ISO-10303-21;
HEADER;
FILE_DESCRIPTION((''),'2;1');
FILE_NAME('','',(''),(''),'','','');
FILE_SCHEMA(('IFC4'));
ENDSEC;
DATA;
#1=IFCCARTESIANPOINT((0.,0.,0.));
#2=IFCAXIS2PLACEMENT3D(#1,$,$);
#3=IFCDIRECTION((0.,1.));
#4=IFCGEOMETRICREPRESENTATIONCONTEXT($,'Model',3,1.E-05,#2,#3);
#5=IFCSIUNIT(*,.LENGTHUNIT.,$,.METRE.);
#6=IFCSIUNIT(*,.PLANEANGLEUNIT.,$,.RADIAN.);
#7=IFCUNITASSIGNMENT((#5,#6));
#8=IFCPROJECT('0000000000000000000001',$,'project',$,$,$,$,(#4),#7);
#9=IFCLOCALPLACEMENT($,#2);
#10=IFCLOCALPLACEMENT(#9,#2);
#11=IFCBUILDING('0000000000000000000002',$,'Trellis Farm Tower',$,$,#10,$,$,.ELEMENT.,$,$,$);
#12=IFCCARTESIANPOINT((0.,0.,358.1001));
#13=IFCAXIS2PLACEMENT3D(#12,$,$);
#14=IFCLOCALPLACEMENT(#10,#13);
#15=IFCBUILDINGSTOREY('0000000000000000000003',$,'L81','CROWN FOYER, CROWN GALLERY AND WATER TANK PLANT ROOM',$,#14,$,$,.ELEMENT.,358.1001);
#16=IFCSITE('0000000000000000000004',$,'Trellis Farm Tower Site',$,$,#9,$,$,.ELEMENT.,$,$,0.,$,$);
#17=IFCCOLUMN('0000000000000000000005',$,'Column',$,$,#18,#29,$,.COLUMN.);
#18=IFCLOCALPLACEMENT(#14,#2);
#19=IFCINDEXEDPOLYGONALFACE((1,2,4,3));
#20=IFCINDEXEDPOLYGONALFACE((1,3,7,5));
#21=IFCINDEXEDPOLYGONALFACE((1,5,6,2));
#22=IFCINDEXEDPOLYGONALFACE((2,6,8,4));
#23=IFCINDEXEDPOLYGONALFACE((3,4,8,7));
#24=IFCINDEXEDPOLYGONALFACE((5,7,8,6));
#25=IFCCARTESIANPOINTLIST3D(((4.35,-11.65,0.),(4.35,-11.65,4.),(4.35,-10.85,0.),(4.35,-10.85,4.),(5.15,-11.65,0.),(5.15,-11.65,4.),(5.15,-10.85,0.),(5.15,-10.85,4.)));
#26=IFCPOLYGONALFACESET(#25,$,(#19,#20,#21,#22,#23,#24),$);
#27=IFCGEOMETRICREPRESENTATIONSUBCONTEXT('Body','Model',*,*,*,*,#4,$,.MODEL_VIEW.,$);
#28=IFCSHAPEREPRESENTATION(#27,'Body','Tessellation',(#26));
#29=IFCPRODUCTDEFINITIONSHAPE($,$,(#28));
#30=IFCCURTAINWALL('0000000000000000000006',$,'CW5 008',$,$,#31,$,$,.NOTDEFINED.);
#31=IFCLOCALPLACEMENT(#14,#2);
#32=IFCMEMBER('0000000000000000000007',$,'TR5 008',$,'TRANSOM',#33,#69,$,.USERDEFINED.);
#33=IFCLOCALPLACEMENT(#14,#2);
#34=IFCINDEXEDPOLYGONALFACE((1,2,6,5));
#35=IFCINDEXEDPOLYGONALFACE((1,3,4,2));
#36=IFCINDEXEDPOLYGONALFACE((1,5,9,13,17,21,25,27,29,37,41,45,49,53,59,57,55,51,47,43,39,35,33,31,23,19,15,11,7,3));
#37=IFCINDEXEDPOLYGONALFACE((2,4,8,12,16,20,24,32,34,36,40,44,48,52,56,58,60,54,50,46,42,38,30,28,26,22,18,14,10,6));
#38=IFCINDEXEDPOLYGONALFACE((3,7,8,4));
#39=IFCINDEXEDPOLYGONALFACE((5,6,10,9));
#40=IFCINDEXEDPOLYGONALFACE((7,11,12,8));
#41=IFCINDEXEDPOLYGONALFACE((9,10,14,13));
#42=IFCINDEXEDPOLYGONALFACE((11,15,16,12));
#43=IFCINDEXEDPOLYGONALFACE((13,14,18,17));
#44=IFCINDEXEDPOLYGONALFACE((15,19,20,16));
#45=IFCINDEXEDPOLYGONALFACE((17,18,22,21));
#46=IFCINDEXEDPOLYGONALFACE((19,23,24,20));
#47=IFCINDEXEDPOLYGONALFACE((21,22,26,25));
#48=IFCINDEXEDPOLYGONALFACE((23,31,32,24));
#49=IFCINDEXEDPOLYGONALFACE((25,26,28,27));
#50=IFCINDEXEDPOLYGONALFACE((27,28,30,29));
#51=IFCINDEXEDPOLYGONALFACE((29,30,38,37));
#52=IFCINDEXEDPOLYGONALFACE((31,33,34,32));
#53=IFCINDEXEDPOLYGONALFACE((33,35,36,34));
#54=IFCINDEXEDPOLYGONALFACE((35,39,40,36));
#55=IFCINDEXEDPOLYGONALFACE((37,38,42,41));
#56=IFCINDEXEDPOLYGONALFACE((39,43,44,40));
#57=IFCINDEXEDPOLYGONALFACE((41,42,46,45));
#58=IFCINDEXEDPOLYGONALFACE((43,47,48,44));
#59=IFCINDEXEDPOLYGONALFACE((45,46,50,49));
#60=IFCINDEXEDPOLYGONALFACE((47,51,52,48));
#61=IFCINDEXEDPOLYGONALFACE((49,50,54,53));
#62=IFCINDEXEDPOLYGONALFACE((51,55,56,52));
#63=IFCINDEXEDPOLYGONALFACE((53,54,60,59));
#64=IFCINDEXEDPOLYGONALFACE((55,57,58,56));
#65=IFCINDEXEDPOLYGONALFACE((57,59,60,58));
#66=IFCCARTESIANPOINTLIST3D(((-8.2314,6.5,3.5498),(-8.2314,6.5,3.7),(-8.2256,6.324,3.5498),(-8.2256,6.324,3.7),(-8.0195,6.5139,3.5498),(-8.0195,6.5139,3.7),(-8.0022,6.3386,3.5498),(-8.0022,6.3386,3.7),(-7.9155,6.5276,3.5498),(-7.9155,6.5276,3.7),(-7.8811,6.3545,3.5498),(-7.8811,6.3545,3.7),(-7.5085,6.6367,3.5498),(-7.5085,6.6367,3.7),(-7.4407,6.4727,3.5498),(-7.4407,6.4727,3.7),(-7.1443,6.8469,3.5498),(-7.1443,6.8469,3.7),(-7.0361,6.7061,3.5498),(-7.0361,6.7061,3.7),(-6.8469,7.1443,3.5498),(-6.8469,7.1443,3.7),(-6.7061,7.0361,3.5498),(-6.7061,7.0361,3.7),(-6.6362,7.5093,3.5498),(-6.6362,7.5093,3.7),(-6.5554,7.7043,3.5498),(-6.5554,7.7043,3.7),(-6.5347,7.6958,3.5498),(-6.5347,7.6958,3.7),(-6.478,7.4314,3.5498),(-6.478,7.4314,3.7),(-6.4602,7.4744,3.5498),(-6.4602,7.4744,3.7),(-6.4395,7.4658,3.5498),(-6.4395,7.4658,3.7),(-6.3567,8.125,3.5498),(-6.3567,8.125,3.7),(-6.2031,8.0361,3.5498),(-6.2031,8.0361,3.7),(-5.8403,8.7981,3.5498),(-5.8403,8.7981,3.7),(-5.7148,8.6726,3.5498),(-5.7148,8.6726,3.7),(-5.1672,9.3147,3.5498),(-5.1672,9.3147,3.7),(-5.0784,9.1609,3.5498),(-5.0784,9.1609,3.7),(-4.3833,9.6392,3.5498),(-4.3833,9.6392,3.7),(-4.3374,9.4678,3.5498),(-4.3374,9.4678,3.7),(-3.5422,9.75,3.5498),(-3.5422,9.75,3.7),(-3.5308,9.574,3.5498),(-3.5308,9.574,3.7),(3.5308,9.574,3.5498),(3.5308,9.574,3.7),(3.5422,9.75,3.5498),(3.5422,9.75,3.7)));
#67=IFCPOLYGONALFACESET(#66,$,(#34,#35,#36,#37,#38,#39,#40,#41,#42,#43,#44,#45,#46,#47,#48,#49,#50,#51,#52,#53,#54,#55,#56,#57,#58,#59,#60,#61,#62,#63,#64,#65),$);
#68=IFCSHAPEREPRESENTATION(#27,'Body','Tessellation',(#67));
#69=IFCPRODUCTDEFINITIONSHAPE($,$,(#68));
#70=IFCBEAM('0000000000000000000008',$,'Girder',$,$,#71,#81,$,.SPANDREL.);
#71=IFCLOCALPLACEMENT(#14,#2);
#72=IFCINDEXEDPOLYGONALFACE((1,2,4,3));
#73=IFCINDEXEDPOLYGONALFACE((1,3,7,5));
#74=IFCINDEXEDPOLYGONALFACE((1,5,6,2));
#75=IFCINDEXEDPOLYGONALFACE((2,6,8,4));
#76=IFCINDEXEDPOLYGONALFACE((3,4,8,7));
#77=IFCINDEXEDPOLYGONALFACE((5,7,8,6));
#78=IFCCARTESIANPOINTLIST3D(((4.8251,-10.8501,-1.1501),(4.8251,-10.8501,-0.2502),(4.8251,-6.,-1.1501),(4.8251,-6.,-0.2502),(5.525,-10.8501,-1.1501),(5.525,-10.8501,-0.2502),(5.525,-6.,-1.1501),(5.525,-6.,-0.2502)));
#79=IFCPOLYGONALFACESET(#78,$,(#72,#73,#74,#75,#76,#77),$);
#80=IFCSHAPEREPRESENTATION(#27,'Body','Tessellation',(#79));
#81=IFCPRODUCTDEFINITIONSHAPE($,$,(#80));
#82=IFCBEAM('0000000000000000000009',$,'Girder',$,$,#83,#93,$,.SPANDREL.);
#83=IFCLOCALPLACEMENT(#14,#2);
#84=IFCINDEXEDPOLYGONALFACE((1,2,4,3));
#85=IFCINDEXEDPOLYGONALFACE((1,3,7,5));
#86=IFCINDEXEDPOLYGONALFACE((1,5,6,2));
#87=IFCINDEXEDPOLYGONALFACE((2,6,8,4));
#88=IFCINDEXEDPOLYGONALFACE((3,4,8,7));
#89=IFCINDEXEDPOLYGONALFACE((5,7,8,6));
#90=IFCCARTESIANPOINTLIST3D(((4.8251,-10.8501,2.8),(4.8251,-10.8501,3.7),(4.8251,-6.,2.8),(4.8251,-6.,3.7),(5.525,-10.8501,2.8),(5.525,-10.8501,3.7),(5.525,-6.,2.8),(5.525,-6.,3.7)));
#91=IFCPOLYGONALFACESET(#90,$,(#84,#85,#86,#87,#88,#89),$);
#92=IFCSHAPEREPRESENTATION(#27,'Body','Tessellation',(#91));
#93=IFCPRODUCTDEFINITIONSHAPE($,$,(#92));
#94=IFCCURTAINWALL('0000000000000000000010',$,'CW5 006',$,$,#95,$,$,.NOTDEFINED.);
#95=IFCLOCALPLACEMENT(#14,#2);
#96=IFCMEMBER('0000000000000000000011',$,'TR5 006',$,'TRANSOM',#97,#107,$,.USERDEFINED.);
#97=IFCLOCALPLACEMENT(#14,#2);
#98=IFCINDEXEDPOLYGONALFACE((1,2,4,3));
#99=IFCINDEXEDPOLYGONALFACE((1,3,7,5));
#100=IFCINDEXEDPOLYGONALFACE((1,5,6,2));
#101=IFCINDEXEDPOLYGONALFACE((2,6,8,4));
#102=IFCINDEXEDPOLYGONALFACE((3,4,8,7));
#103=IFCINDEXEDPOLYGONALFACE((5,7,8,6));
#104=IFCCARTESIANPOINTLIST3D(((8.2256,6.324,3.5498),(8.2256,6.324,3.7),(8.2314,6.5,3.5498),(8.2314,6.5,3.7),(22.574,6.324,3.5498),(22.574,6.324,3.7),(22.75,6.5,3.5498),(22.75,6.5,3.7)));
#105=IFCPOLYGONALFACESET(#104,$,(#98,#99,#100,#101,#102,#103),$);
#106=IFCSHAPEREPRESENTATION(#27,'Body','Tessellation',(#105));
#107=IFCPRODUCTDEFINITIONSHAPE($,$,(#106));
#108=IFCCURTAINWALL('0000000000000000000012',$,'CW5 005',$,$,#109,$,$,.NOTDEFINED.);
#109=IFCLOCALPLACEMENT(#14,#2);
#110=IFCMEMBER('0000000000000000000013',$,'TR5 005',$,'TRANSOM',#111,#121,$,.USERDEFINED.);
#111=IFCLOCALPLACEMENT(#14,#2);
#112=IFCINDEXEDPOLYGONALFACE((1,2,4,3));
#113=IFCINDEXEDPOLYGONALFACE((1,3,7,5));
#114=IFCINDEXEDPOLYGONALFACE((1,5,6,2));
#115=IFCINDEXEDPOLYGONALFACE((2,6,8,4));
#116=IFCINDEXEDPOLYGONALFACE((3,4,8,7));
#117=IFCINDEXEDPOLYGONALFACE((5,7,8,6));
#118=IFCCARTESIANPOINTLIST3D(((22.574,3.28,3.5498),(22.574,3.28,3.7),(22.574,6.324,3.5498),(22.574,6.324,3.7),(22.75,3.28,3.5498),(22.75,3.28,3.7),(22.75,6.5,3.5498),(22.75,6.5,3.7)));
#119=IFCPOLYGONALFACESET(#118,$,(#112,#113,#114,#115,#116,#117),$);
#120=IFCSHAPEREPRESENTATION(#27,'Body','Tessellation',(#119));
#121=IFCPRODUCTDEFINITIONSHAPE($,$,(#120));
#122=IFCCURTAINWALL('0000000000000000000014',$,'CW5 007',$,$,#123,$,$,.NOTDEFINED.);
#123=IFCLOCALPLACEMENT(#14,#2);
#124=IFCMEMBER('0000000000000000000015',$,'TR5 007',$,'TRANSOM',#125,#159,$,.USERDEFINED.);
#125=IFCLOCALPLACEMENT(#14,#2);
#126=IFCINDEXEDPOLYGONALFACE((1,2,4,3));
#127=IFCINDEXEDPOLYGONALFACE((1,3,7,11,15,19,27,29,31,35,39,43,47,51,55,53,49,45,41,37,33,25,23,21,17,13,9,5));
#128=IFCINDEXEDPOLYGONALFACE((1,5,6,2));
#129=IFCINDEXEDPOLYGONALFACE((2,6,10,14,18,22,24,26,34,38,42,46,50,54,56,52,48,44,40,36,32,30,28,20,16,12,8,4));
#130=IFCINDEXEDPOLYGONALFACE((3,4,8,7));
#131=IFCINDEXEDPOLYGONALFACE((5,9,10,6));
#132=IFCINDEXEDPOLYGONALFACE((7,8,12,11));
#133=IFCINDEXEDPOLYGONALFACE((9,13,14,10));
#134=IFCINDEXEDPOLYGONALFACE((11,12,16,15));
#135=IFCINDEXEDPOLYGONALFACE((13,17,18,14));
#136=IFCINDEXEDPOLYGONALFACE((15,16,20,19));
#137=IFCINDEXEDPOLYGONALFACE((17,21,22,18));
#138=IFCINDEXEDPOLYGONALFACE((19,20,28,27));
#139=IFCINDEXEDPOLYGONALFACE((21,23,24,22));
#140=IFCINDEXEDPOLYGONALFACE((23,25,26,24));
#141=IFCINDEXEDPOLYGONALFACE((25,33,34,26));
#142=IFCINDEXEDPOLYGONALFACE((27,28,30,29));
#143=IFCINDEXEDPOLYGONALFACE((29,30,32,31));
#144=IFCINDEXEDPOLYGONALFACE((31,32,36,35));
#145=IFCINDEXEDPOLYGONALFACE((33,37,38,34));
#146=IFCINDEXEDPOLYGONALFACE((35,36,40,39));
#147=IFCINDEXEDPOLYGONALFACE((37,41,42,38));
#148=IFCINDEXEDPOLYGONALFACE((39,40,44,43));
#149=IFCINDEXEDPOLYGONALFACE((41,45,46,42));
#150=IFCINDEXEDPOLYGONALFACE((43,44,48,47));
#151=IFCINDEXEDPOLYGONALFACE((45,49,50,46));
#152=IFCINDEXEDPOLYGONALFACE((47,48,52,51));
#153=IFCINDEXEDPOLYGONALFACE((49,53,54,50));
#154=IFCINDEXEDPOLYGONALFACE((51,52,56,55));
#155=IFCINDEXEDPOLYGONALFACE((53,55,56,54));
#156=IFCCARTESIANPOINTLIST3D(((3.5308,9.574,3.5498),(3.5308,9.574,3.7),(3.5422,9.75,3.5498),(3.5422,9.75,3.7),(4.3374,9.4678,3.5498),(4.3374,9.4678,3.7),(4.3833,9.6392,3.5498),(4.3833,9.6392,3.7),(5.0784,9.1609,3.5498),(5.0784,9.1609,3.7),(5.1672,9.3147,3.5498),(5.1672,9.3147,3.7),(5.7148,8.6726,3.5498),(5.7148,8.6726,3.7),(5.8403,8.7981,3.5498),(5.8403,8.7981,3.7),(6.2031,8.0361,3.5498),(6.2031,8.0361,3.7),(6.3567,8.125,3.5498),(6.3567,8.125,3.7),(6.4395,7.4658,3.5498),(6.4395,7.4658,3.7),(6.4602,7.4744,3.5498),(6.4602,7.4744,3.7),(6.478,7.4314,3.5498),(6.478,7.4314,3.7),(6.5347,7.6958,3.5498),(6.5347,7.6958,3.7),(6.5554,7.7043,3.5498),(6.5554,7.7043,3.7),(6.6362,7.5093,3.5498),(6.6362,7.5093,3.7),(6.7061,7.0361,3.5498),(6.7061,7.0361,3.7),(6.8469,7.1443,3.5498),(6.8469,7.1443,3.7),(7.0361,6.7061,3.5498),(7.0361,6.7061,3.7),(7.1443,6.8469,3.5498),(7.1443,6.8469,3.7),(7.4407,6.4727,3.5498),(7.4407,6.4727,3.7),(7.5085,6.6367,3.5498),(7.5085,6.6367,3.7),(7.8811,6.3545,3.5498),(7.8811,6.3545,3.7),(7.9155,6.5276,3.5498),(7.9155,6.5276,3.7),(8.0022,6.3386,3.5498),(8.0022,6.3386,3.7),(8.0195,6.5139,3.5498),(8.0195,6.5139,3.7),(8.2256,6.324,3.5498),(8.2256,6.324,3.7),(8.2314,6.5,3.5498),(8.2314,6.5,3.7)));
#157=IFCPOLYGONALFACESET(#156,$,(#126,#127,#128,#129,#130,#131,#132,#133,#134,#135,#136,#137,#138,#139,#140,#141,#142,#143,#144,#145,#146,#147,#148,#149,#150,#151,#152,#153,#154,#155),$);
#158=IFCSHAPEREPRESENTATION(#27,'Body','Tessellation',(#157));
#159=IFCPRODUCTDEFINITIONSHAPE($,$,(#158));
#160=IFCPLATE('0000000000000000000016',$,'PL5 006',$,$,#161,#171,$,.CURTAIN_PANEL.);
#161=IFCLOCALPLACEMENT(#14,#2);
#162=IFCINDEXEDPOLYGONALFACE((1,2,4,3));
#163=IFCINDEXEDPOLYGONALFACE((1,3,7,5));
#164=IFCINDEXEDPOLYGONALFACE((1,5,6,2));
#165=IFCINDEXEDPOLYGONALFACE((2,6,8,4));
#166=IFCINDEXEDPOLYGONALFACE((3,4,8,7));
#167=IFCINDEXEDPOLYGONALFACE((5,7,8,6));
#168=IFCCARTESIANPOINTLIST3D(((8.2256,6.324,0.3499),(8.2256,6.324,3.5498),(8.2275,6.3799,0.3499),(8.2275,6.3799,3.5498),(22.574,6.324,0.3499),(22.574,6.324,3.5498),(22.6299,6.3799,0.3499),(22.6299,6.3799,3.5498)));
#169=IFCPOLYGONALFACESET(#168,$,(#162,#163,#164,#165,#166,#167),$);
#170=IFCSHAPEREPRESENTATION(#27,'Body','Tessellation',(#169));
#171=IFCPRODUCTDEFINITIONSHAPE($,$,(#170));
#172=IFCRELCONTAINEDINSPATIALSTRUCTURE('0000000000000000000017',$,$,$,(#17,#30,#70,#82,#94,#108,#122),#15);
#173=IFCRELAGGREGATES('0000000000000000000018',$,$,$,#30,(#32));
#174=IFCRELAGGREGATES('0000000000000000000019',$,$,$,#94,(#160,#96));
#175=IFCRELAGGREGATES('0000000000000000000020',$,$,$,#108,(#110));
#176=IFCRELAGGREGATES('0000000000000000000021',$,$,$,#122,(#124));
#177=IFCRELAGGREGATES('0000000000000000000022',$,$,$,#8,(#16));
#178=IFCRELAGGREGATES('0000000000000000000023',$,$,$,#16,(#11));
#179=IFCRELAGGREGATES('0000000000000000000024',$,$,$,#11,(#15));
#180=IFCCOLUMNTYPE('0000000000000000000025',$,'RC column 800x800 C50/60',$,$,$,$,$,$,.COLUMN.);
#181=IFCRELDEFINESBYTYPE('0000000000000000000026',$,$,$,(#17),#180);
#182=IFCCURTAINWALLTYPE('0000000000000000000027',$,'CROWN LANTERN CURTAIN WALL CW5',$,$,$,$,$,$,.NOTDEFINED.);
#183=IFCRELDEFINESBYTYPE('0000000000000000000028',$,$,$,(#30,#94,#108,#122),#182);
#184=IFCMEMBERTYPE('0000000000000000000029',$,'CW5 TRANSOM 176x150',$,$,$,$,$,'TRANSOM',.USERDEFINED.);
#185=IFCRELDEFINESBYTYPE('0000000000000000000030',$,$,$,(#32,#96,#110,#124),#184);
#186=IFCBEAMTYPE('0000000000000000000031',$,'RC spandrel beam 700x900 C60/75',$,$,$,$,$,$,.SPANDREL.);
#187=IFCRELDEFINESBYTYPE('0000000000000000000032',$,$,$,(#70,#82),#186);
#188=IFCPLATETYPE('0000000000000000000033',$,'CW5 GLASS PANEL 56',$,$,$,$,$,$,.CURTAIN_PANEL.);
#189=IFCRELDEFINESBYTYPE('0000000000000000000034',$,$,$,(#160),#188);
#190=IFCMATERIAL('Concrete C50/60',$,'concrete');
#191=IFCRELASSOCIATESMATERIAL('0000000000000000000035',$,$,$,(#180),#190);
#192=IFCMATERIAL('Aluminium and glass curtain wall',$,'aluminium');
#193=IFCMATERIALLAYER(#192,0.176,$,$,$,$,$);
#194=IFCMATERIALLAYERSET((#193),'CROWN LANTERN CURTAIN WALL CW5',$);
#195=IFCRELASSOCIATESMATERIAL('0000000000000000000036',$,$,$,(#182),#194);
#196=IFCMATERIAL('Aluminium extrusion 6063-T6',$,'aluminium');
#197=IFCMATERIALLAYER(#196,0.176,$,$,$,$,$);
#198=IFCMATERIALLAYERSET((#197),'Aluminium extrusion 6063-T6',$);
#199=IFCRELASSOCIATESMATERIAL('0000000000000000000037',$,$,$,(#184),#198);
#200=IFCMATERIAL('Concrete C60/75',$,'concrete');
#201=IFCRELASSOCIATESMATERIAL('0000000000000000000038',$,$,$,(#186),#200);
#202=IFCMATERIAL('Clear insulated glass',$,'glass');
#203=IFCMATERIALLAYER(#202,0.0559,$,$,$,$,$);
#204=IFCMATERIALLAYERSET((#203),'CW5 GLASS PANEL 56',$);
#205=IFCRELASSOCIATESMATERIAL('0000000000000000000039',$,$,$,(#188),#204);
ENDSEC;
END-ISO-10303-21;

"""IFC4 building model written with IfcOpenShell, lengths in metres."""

from ifc_helpers import new_model, si_unit, direction, frame, origin, origin_2d, place, context, subcontext, project, spatial, polyline, rectangle, outline, extrude, source, transform, mapped, material, layer, layer_set, material_profile, profile_set, type_object, element, aggregate, save


model = new_model("IFC4")

# Units and contexts
model_context = context("Model", 3, precision=1e-05, world=origin(), true_north=direction((0.0, 1.0)))
body_context = subcontext(model_context, "Body", "Model", "MODEL_VIEW")
ifc_project = project(units=[si_unit("LENGTHUNIT", "METRE"), si_unit("PLANEANGLEUNIT", "RADIAN")], contexts=[model_context])

# Site, building, storey
site_placement = place(None, origin())
site = spatial("IfcSite", under=ifc_project, at=site_placement, Name="Trellis Farm Tower Site", CompositionType="ELEMENT", RefElevation=0.0)
building_placement = place(site_placement, origin())
building = spatial("IfcBuilding", under=site, at=building_placement, Name="Trellis Farm Tower", CompositionType="ELEMENT")
storey_placement = place(building_placement, frame((0.0, 0.0, 358.1001)))
storey = spatial("IfcBuildingStorey", under=building, at=storey_placement, Name="L81", Description="CROWN FOYER, CROWN GALLERY AND WATER TANK PLANT ROOM", CompositionType="ELEMENT", Elevation=358.1001)

# Column
ifc_material_1 = material(Name="Concrete C50/60", Category="concrete")
ifc_material_profile_1 = material_profile(ifc_material_1, rectangle(XDim=0.8, YDim=0.8, at=origin_2d()), Name="RC column 800x800 C50/60")
ifc_profile_set_1 = profile_set([ifc_material_profile_1], Name="Concrete C50/60")
column_type = type_object("IfcColumnType", Name="RC column 800x800 C50/60", PredefinedType="COLUMN", material=ifc_profile_set_1)
shared_shape_1 = source(origin(), body_context, "Body", "SweptSolid", [
    extrude(rectangle(XDim=0.8, YDim=0.8, at=origin_2d()), origin(), (0.0, 0.0, 1.0), 4.0),
])
column_placement = place(storey_placement, frame((4.75, -11.25, 0.0), z_axis=(0.0, 0.0, 1.0), x_axis=(1.0, 0.0, 0.0)))
element("IfcColumn", 1, at=column_placement, inside=storey, type_object=column_type, Name="Column", PredefinedType="COLUMN", context=body_context, shape_type="MappedRepresentation", body=[
    mapped(shared_shape_1, transform((0.0, 0.0, 0.0))),
])

# Curtain wall, member
ifc_material_2 = material(Name="Aluminium and glass curtain wall", Category="aluminium")
ifc_layer_1 = layer(ifc_material_2, 0.176)
ifc_layer_set_1 = layer_set([ifc_layer_1], Name="CROWN LANTERN CURTAIN WALL CW5")
curtain_wall_type = type_object("IfcCurtainWallType", Name="CROWN LANTERN CURTAIN WALL CW5", PredefinedType="NOTDEFINED", material=ifc_layer_set_1)
placement_1 = place(storey_placement, origin())
curtain_wall_1 = element("IfcCurtainWall", 2, at=placement_1, inside=storey, type_object=curtain_wall_type, Name="CW5 008", PredefinedType="NOTDEFINED")
ifc_material_3 = material(Name="Aluminium extrusion 6063-T6", Category="aluminium")
ifc_layer_2 = layer(ifc_material_3, 0.176)
ifc_layer_set_2 = layer_set([ifc_layer_2], Name="Aluminium extrusion 6063-T6")
member_type = type_object("IfcMemberType", Name="CW5 TRANSOM 176x150", ElementType="TRANSOM", PredefinedType="USERDEFINED", material=ifc_layer_set_2)
placement_2 = place(storey_placement, frame((0.0, 0.0, 3.5498)))
member_1 = element("IfcMember", 3, at=placement_2, type_object=member_type, Name="TR5 008", ObjectType="TRANSOM", PredefinedType="USERDEFINED", context=body_context, shape_type="SweptSolid", body=[
    extrude(outline(polyline([(3.5422, 9.75), (-3.5422, 9.75), (-4.3833, 9.6392), (-5.1672, 9.3147), (-5.8403, 8.7981), (-6.3567, 8.125), (-6.5347, 7.6958), (-6.5554, 7.7043), (-6.6362, 7.5093), (-6.8469, 7.1443), (-7.1443, 6.8469), (-7.5085, 6.6367), (-7.9155, 6.5276), (-8.0195, 6.5139), (-8.2314, 6.5), (-8.2256, 6.324), (-8.0022, 6.3386), (-7.8811, 6.3545), (-7.4407, 6.4727), (-7.0361, 6.7061), (-6.7061, 7.0361), (-6.478, 7.4314), (-6.4602, 7.4744), (-6.4395, 7.4658), (-6.2031, 8.0361), (-5.7148, 8.6726), (-5.0784, 9.1609), (-4.3374, 9.4678), (-3.5308, 9.574), (3.5308, 9.574), (3.5422, 9.75)])), origin(), (0.0, 0.0, 1.0), 0.1501),
])

# Beams
ifc_material_4 = material(Name="Concrete C60/75", Category="concrete")
ifc_material_profile_2 = material_profile(ifc_material_4, rectangle(XDim=0.7, YDim=0.8999, at=origin_2d()), Name="RC spandrel beam 700x900 C60/75")
ifc_profile_set_2 = profile_set([ifc_material_profile_2], Name="Concrete C60/75")
beam_type = type_object("IfcBeamType", Name="RC spandrel beam 700x900 C60/75", PredefinedType="SPANDREL", material=ifc_profile_set_2)
shared_shape_2 = source(origin(), body_context, "Body", "SweptSolid", [
    extrude(rectangle(XDim=0.7, YDim=0.8999, at=origin_2d()), origin(), (0.0, 0.0, 1.0), 4.8501),
])
for number, where, z_axis, x_axis, name in (
    (4, (5.175, -10.8501, -0.7002), (0.0, 1.0, 0.0), (-1.0, 0.0, 0.0), "Girder"),
    (5, (5.175, -10.8501, 3.25), (0.0, 1.0, 0.0), (-1.0, 0.0, 0.0), "Girder"),
):
    element("IfcBeam", number, at=place(storey_placement, frame(where, z_axis=z_axis, x_axis=x_axis)), inside=storey, type_object=beam_type, Name=name, PredefinedType="SPANDREL", context=body_context, shape_type="MappedRepresentation", body=[
        mapped(shared_shape_2, transform((0.0, 0.0, 0.0))),
    ])

# Curtain walls, members
curtain_wall_2 = element("IfcCurtainWall", 6, at=placement_1, inside=storey, type_object=curtain_wall_type, Name="CW5 006", PredefinedType="NOTDEFINED")
shared_shape_3 = source(origin(), body_context, "Body", "SweptSolid", [
    extrude(outline(polyline([(22.75, 6.5), (8.2314, 6.5), (8.2256, 6.324), (22.574, 6.324), (22.75, 6.5)])), origin(), (0.0, 0.0, 1.0), 0.1501),
])
member_2 = element("IfcMember", 7, at=placement_2, type_object=member_type, Name="TR5 006", ObjectType="TRANSOM", PredefinedType="USERDEFINED", context=body_context, shape_type="MappedRepresentation", body=[
    mapped(shared_shape_3, transform((0.0, 0.0, 0.0))),
])
curtain_wall_3 = element("IfcCurtainWall", 8, at=placement_1, inside=storey, type_object=curtain_wall_type, Name="CW5 005", PredefinedType="NOTDEFINED")
shared_shape_4 = source(origin(), body_context, "Body", "SweptSolid", [
    extrude(outline(polyline([(22.75, 3.28), (22.75, 6.5), (22.574, 6.324), (22.574, 3.28), (22.75, 3.28)])), origin(), (0.0, 0.0, 1.0), 0.1501),
])
member_3 = element("IfcMember", 9, at=placement_2, type_object=member_type, Name="TR5 005", ObjectType="TRANSOM", PredefinedType="USERDEFINED", context=body_context, shape_type="MappedRepresentation", body=[
    mapped(shared_shape_4, transform((0.0, 0.0, 0.0))),
])
curtain_wall_4 = element("IfcCurtainWall", 10, at=placement_1, inside=storey, type_object=curtain_wall_type, Name="CW5 007", PredefinedType="NOTDEFINED")
shared_shape_5 = source(origin(), body_context, "Body", "SweptSolid", [
    extrude(outline(polyline([(8.2314, 6.5), (8.0195, 6.5139), (7.9155, 6.5276), (7.5085, 6.6367), (7.1443, 6.8469), (6.8469, 7.1443), (6.6362, 7.5093), (6.5554, 7.7043), (6.5347, 7.6958), (6.3567, 8.125), (5.8403, 8.7981), (5.1672, 9.3147), (4.3833, 9.6392), (3.5422, 9.75), (3.5308, 9.574), (4.3374, 9.4678), (5.0784, 9.1609), (5.7148, 8.6726), (6.2031, 8.0361), (6.4395, 7.4658), (6.4602, 7.4744), (6.478, 7.4314), (6.7061, 7.0361), (7.0361, 6.7061), (7.4407, 6.4727), (7.8811, 6.3545), (8.0022, 6.3386), (8.2256, 6.324), (8.2314, 6.5)])), origin(), (0.0, 0.0, 1.0), 0.1501),
])
member_4 = element("IfcMember", 11, at=placement_2, type_object=member_type, Name="TR5 007", ObjectType="TRANSOM", PredefinedType="USERDEFINED", context=body_context, shape_type="MappedRepresentation", body=[
    mapped(shared_shape_5, transform((0.0, 0.0, 0.0))),
])

# Plate
ifc_material_5 = material(Name="Clear insulated glass", Category="glass")
ifc_layer_3 = layer(ifc_material_5, 0.0559)
ifc_layer_set_3 = layer_set([ifc_layer_3], Name="CW5 GLASS PANEL 56")
plate_type_1 = type_object("IfcPlateType", Name="CW5 GLASS PANEL 56", PredefinedType="CURTAIN_PANEL", material=ifc_layer_set_3)
placement_3 = place(storey_placement, frame((0.0, 0.0, 0.3499)))
plate_1 = element("IfcPlate", 12, at=placement_3, type_object=plate_type_1, Name="PL5 006", PredefinedType="CURTAIN_PANEL", context=body_context, shape_type="SweptSolid", body=[
    extrude(outline(polyline([(22.6299, 6.3799), (8.2275, 6.3799), (8.2256, 6.324), (22.574, 6.324), (22.6299, 6.3799)])), origin(), (0.0, 0.0, 1.0), 3.2),
])

aggregate(curtain_wall_1, [member_1])
aggregate(curtain_wall_2, [plate_1, member_2])
aggregate(curtain_wall_3, [member_3])
aggregate(curtain_wall_4, [member_4])

save(model, "model.ifc")
